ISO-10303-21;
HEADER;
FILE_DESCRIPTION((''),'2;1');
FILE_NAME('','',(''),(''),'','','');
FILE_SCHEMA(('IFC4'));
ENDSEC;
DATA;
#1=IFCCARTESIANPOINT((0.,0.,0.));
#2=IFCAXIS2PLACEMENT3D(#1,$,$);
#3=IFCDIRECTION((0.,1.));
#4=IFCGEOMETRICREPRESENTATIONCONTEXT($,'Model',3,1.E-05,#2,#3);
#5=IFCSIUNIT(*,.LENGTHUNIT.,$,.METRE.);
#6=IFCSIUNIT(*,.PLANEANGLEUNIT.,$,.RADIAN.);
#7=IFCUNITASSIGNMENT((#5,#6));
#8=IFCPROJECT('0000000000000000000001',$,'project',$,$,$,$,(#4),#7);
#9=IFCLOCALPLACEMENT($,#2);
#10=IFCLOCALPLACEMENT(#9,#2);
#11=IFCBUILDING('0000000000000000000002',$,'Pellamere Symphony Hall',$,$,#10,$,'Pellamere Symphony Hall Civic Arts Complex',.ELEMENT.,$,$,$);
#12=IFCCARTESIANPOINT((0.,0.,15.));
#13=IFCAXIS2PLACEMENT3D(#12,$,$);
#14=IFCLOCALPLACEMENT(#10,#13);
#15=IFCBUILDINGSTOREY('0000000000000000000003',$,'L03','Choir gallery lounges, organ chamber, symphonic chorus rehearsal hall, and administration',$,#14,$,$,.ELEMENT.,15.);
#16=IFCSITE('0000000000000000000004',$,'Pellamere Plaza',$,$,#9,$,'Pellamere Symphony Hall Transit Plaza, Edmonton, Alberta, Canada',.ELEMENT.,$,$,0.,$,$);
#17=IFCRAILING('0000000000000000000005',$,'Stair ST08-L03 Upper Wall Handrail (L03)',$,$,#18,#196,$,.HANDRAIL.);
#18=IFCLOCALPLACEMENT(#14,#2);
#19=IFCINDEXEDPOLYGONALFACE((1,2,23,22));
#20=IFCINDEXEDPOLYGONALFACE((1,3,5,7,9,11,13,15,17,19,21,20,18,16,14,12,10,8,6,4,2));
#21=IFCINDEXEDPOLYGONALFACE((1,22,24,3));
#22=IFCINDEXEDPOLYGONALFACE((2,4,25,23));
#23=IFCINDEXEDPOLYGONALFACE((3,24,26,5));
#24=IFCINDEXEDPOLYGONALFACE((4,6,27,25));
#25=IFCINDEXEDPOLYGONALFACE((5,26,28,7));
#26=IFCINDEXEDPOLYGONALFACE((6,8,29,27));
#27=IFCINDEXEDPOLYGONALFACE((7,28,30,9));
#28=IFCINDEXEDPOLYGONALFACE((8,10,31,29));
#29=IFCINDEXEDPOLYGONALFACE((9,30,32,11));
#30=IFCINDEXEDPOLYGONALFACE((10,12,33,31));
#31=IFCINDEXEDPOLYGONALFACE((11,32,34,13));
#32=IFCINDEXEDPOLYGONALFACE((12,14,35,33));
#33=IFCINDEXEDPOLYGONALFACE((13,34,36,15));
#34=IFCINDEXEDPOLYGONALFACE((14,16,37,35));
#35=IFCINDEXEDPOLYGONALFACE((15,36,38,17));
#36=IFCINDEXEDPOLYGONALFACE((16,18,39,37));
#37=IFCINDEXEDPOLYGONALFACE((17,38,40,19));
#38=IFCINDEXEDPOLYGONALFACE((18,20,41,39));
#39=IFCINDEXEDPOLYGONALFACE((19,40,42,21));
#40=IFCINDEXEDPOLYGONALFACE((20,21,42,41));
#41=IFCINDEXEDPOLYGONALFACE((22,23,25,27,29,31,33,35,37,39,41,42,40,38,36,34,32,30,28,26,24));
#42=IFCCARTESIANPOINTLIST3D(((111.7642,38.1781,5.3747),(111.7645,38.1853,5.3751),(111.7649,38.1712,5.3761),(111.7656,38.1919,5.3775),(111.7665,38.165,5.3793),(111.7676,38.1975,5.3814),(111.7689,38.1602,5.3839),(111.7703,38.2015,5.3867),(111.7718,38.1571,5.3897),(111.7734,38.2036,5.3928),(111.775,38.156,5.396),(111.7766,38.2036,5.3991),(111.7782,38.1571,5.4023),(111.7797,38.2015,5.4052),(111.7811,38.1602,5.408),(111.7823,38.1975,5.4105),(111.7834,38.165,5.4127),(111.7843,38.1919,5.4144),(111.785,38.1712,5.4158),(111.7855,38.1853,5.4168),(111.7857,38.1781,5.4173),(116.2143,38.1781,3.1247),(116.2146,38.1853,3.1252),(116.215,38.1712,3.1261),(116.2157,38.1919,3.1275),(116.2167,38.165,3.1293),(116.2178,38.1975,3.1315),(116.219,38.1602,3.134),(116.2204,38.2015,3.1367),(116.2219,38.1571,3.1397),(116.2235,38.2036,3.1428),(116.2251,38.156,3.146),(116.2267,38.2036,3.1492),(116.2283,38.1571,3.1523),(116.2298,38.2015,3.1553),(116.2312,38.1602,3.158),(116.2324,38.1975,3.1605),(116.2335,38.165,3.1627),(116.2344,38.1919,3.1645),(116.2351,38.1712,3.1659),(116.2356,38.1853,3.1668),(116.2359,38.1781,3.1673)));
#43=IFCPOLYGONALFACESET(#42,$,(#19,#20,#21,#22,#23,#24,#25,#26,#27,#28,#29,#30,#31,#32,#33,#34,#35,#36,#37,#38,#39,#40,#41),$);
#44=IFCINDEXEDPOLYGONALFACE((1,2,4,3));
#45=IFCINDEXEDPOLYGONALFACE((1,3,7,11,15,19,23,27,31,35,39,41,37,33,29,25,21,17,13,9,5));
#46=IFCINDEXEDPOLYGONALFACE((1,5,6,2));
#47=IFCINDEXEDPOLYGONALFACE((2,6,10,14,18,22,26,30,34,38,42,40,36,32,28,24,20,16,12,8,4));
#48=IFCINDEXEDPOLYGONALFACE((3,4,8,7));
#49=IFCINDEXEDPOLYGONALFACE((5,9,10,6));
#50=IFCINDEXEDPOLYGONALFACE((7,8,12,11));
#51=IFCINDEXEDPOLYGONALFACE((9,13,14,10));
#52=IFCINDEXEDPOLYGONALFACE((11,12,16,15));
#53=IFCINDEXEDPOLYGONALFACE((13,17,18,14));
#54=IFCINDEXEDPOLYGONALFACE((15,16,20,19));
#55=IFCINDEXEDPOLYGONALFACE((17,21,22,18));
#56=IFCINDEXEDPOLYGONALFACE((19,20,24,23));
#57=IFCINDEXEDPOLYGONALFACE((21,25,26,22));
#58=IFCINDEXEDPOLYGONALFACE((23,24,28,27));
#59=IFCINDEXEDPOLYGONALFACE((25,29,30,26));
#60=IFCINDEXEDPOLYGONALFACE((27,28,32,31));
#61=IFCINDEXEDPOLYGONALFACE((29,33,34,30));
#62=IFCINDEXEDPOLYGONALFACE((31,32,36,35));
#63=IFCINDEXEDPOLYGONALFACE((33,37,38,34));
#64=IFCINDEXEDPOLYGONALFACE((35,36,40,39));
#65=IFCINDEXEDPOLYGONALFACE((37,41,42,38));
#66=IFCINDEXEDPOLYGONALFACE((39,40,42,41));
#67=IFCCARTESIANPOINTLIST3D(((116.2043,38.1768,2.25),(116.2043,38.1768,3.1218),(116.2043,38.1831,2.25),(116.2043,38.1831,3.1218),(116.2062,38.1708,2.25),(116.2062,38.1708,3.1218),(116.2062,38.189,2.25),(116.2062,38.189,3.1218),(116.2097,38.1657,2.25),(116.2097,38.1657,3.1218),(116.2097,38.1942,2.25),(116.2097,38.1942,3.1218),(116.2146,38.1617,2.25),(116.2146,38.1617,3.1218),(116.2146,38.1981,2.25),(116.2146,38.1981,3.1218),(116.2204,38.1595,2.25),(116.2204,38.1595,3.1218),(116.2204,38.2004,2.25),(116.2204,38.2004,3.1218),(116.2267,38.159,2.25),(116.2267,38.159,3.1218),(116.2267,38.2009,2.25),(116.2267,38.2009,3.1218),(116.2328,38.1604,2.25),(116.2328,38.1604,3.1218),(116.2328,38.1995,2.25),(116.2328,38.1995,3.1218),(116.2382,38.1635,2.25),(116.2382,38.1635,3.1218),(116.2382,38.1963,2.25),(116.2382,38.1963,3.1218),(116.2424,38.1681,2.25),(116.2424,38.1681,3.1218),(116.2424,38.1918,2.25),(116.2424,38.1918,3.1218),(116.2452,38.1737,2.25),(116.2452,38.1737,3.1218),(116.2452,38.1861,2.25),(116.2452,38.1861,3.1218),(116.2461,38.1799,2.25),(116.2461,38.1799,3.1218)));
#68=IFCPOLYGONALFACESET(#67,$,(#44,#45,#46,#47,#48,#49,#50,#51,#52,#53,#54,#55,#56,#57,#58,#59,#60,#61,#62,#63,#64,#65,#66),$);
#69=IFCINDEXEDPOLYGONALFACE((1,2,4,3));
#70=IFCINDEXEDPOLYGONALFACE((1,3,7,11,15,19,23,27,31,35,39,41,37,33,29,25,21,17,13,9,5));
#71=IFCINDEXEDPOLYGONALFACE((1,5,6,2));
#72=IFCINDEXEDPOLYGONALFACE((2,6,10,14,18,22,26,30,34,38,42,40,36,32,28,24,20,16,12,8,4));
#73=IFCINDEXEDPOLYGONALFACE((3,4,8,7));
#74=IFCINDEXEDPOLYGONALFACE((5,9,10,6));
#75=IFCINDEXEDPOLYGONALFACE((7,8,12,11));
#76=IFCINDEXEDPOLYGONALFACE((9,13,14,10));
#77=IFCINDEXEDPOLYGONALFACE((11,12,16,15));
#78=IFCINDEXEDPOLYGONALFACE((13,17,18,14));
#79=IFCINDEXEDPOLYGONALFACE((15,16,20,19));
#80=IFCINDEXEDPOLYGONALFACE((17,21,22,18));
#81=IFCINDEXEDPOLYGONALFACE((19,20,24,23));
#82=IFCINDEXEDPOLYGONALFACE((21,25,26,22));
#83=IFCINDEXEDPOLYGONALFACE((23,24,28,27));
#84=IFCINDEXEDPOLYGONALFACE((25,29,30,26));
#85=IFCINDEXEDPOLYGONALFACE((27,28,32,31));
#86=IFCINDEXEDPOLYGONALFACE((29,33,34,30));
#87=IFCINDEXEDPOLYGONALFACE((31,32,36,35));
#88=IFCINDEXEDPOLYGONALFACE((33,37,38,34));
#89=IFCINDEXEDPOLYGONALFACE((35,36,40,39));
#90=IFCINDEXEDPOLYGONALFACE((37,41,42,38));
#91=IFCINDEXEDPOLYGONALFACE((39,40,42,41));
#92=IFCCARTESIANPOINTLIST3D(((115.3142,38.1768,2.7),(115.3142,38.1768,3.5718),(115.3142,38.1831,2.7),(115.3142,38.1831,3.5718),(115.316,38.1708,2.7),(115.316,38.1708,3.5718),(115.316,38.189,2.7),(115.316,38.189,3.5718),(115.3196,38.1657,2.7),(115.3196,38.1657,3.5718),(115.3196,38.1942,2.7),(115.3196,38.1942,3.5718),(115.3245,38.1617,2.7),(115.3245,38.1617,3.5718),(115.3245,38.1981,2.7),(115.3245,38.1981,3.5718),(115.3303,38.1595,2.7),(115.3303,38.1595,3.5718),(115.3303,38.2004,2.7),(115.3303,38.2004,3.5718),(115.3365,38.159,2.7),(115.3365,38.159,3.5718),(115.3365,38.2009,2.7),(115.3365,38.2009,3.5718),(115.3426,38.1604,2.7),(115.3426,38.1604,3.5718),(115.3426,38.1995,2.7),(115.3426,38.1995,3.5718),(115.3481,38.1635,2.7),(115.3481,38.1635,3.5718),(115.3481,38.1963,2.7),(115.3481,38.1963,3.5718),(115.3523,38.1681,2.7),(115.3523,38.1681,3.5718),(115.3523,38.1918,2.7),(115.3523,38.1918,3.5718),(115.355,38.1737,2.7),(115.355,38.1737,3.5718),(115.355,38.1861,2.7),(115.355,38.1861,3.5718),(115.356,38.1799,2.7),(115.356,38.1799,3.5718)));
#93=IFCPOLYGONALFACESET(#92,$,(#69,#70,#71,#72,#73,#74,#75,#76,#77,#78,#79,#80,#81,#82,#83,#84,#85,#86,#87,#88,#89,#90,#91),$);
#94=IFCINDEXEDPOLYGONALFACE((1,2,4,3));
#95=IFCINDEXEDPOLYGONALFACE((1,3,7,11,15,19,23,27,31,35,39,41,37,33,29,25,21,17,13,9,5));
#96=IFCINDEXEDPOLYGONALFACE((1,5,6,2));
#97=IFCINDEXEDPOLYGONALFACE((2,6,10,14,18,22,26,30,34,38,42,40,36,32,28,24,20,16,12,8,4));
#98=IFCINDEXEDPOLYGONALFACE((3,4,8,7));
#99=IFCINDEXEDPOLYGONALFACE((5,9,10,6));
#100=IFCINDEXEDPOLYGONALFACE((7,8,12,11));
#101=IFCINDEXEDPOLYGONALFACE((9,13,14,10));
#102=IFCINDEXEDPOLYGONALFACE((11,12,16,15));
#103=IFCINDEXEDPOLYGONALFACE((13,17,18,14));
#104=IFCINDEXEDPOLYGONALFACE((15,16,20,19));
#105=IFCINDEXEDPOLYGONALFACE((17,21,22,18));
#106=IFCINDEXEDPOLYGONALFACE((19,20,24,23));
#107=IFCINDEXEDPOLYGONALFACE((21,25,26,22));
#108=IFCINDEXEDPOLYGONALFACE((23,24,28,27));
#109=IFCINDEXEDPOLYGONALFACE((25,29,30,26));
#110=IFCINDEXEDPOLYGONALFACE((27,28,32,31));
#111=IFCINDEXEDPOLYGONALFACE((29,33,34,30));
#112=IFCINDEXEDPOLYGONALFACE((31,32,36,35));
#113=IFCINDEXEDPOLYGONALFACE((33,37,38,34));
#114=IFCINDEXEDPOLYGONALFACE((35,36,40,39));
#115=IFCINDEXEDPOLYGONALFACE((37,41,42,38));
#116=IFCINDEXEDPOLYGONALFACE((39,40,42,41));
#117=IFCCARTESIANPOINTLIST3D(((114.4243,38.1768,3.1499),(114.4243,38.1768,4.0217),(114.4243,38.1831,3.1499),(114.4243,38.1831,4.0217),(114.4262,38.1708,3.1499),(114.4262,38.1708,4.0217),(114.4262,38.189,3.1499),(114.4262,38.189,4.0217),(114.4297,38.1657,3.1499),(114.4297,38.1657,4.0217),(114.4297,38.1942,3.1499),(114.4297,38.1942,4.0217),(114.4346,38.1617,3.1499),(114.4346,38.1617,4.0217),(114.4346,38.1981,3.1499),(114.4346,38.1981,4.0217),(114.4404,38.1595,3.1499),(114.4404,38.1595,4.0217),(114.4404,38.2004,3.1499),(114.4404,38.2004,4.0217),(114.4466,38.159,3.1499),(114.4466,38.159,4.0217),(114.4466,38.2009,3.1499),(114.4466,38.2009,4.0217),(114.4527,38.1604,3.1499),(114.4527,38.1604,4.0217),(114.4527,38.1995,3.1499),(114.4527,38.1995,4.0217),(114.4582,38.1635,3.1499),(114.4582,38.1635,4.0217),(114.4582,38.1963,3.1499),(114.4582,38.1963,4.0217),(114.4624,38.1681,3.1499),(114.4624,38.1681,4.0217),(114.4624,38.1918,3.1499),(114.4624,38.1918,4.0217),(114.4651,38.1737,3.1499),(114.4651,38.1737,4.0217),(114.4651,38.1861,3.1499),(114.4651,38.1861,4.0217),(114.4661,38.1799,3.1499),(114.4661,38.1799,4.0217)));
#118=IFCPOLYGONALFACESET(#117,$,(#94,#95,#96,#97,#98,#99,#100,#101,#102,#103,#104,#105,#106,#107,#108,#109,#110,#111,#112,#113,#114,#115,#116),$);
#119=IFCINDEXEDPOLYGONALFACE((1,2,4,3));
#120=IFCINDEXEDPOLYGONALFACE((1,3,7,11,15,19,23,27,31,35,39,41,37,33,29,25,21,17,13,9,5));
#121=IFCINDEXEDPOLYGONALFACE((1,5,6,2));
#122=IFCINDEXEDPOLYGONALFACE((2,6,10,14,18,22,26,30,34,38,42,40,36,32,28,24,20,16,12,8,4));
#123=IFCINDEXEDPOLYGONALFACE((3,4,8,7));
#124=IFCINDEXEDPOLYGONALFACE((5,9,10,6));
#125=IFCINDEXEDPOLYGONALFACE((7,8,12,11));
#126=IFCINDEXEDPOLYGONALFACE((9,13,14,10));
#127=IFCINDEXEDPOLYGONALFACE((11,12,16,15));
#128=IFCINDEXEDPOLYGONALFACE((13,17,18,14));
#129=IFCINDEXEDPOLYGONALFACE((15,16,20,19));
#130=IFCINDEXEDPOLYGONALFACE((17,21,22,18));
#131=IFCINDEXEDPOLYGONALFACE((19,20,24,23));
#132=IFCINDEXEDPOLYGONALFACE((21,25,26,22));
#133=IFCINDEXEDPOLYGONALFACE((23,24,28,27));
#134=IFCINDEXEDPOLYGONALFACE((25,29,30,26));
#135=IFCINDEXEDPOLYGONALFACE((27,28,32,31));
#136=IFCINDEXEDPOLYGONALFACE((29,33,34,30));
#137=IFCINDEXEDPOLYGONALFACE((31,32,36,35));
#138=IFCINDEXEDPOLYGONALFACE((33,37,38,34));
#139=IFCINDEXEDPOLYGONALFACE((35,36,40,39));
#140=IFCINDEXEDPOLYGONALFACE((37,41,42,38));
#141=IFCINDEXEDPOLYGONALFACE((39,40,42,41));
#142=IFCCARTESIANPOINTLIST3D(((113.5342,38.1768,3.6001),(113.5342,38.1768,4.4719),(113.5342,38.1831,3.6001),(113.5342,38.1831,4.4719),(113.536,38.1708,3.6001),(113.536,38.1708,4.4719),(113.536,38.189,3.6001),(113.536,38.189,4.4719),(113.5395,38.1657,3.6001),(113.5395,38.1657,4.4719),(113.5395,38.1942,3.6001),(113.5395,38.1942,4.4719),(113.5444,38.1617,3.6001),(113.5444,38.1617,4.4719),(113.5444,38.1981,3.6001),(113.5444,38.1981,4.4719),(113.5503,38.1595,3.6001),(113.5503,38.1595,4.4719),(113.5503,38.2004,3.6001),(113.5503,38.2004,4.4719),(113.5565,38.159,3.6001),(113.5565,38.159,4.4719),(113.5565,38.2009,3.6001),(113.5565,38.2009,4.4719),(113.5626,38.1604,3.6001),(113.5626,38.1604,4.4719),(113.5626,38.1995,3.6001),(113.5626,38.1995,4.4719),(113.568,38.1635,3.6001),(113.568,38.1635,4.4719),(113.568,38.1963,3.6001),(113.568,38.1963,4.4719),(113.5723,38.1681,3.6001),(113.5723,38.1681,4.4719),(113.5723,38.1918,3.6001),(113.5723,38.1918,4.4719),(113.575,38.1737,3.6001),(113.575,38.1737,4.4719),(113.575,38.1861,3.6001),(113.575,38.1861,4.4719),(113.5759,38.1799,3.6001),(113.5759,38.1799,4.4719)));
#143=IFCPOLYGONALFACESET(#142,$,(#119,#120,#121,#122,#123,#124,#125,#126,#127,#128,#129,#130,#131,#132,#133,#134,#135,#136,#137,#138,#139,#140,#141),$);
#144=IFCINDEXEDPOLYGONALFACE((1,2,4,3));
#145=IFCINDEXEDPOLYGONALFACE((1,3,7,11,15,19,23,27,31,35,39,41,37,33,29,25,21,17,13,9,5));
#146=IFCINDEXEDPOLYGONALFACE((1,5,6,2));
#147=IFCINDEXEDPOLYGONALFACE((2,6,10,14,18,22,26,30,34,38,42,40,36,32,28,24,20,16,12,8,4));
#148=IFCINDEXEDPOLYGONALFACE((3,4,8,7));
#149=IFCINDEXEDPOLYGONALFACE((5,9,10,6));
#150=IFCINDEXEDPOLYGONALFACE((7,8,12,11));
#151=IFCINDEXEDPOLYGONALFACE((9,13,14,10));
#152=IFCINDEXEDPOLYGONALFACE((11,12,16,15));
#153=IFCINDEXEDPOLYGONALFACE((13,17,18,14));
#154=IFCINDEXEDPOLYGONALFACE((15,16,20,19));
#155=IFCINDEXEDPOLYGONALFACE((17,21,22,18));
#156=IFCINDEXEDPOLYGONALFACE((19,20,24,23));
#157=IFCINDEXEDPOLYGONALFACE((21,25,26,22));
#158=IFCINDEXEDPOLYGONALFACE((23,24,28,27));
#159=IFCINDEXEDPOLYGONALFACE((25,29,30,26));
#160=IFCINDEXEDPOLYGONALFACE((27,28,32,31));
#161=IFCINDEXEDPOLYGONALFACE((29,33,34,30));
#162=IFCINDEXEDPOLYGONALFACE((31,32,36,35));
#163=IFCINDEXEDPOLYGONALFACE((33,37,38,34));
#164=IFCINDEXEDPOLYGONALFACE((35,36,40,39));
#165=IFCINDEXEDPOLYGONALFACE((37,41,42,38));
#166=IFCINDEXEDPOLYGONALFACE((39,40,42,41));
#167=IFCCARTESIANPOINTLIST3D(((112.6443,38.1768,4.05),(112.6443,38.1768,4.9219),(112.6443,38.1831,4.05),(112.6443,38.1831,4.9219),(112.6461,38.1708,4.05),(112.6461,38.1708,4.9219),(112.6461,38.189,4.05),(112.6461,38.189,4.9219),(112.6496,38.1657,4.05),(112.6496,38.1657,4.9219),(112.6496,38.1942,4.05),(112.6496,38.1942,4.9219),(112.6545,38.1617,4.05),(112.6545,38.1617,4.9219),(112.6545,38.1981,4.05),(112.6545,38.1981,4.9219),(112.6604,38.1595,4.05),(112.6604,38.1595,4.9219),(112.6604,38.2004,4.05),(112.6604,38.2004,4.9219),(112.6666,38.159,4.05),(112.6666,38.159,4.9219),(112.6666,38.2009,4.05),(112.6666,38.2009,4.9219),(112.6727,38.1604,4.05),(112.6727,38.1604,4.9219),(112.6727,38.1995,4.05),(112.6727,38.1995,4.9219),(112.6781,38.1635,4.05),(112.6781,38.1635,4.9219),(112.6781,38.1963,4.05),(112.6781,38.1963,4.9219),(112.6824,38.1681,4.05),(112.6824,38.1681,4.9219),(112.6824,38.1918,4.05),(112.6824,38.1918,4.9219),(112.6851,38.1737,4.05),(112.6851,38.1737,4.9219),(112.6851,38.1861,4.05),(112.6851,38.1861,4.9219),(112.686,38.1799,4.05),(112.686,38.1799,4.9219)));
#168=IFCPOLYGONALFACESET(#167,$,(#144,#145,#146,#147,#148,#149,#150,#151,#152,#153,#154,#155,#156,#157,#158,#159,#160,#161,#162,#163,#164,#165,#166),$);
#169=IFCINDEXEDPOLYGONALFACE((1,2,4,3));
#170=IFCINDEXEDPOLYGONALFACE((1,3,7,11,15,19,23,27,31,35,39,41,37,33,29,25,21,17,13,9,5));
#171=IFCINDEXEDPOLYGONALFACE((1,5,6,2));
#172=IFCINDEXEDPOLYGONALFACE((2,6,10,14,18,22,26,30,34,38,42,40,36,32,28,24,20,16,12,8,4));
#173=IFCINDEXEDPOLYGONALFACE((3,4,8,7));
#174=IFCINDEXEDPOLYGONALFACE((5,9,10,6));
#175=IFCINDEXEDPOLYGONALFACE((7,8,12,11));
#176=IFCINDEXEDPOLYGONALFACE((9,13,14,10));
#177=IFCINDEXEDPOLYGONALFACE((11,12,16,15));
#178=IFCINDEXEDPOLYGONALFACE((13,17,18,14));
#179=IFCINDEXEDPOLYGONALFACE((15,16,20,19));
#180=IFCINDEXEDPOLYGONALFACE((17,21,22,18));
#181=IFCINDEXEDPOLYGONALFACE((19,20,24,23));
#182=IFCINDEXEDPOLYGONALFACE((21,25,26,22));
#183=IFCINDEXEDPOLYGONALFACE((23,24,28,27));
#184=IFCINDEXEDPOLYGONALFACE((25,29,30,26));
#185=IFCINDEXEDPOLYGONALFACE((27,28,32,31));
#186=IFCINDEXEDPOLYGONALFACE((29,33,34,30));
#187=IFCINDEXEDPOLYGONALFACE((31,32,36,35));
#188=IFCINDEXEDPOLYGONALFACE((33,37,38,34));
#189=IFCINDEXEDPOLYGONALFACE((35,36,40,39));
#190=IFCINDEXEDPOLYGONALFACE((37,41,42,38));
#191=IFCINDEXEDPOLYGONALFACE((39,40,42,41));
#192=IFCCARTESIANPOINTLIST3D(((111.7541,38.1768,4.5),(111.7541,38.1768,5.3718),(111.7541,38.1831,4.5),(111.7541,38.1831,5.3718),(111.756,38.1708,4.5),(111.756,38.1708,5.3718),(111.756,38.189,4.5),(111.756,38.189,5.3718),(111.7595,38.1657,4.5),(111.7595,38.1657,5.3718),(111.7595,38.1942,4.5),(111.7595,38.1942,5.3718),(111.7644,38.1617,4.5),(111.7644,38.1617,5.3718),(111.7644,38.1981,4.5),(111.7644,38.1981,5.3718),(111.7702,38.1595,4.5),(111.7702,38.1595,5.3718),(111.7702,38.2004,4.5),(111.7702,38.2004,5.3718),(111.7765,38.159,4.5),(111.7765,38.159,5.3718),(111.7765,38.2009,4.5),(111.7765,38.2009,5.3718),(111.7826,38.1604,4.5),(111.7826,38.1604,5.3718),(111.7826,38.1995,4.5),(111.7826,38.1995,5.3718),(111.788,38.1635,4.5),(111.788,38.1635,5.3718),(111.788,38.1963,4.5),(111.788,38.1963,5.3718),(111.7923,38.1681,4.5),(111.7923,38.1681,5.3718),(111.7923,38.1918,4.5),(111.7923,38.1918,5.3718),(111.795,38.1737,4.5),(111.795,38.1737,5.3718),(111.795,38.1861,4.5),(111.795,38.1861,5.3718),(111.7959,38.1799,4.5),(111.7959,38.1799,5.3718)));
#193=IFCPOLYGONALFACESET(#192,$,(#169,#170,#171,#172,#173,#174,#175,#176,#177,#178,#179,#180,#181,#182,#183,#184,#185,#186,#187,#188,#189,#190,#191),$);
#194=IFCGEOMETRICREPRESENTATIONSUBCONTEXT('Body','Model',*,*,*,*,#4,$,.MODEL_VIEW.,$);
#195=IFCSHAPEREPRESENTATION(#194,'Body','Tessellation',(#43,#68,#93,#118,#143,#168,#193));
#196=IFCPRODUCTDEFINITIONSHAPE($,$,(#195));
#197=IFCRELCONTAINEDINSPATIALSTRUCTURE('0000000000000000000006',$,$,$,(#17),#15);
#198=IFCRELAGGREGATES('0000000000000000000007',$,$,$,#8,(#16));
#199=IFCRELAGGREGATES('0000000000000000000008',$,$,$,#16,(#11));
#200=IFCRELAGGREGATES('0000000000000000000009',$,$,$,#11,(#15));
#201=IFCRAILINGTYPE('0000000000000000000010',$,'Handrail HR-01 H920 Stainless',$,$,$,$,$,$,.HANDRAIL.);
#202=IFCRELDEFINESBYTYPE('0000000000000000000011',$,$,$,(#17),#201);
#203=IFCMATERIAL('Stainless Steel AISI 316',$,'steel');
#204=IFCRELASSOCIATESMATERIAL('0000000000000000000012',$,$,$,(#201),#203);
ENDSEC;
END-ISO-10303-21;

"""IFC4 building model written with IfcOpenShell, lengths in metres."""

from ifc_helpers import new_model, si_unit, direction, frame, origin, origin_2d, place, context, subcontext, project, spatial, circle, extrude, material, type_object, element, save


model = new_model("IFC4")

# Units and contexts
model_context = context("Model", 3, precision=1e-05, world=origin(), true_north=direction((0.0, 1.0)))
body_context = subcontext(model_context, "Body", "Model", "MODEL_VIEW")
ifc_project = project(units=[si_unit("LENGTHUNIT", "METRE"), si_unit("PLANEANGLEUNIT", "RADIAN")], contexts=[model_context])

# Site, building, storey
site_placement = place(None, origin())
site = spatial("IfcSite", under=ifc_project, at=site_placement, Name="Pellamere Plaza", LongName="Pellamere Symphony Hall Transit Plaza, Edmonton, Alberta, Canada", CompositionType="ELEMENT", RefElevation=0.0)
building_placement = place(site_placement, origin())
building = spatial("IfcBuilding", under=site, at=building_placement, Name="Pellamere Symphony Hall", LongName="Pellamere Symphony Hall Civic Arts Complex", CompositionType="ELEMENT")
storey_placement = place(building_placement, frame((0.0, 0.0, 15.0)))
storey = spatial("IfcBuildingStorey", under=building, at=storey_placement, Name="L03", Description="Choir gallery lounges, organ chamber, symphonic chorus rehearsal hall, and administration", CompositionType="ELEMENT", Elevation=15.0)

# Railing
ifc_material_1 = material(Name="Stainless Steel AISI 316", Category="steel")
railing_type = type_object("IfcRailingType", Name="Handrail HR-01 H920 Stainless", PredefinedType="HANDRAIL", material=ifc_material_1)
railing_placement = place(storey_placement, frame((116.2251, 38.1799, 2.25)))
element("IfcRailing", 1, at=railing_placement, inside=storey, type_object=railing_type, Name="Stair ST08-L03 Upper Wall Handrail (L03)", PredefinedType="HANDRAIL", context=body_context, shape_type="SweptSolid", body=[
    extrude(circle(Radius=0.0239, at=origin_2d()), frame((0.0, 0.0, 0.896), z_axis=(-0.892421, 0.0, 0.451204), x_axis=(0.0, -1.0, 0.0)), (0.0, 0.0, 1.0), 4.9866),
    extrude(circle(Radius=0.021, at=origin_2d()), origin(), (0.0, 0.0, 1.0), 0.8718),
    extrude(circle(Radius=0.021, at=origin_2d()), frame((-0.8901, 0.0, 0.45)), (0.0, 0.0, 1.0), 0.8718),
    extrude(circle(Radius=0.021, at=origin_2d()), frame((-1.78, 0.0, 0.8999)), (0.0, 0.0, 1.0), 0.8718),
    extrude(circle(Radius=0.021, at=origin_2d()), frame((-2.6702, 0.0, 1.3501)), (0.0, 0.0, 1.0), 0.8718),
    extrude(circle(Radius=0.021, at=origin_2d()), frame((-3.5601, 0.0, 1.8)), (0.0, 0.0, 1.0), 0.8718),
    extrude(circle(Radius=0.021, at=origin_2d()), frame((-4.4502, 0.0, 2.25)), (0.0, 0.0, 1.0), 0.8718),
])

save(model, "model.ifc")
